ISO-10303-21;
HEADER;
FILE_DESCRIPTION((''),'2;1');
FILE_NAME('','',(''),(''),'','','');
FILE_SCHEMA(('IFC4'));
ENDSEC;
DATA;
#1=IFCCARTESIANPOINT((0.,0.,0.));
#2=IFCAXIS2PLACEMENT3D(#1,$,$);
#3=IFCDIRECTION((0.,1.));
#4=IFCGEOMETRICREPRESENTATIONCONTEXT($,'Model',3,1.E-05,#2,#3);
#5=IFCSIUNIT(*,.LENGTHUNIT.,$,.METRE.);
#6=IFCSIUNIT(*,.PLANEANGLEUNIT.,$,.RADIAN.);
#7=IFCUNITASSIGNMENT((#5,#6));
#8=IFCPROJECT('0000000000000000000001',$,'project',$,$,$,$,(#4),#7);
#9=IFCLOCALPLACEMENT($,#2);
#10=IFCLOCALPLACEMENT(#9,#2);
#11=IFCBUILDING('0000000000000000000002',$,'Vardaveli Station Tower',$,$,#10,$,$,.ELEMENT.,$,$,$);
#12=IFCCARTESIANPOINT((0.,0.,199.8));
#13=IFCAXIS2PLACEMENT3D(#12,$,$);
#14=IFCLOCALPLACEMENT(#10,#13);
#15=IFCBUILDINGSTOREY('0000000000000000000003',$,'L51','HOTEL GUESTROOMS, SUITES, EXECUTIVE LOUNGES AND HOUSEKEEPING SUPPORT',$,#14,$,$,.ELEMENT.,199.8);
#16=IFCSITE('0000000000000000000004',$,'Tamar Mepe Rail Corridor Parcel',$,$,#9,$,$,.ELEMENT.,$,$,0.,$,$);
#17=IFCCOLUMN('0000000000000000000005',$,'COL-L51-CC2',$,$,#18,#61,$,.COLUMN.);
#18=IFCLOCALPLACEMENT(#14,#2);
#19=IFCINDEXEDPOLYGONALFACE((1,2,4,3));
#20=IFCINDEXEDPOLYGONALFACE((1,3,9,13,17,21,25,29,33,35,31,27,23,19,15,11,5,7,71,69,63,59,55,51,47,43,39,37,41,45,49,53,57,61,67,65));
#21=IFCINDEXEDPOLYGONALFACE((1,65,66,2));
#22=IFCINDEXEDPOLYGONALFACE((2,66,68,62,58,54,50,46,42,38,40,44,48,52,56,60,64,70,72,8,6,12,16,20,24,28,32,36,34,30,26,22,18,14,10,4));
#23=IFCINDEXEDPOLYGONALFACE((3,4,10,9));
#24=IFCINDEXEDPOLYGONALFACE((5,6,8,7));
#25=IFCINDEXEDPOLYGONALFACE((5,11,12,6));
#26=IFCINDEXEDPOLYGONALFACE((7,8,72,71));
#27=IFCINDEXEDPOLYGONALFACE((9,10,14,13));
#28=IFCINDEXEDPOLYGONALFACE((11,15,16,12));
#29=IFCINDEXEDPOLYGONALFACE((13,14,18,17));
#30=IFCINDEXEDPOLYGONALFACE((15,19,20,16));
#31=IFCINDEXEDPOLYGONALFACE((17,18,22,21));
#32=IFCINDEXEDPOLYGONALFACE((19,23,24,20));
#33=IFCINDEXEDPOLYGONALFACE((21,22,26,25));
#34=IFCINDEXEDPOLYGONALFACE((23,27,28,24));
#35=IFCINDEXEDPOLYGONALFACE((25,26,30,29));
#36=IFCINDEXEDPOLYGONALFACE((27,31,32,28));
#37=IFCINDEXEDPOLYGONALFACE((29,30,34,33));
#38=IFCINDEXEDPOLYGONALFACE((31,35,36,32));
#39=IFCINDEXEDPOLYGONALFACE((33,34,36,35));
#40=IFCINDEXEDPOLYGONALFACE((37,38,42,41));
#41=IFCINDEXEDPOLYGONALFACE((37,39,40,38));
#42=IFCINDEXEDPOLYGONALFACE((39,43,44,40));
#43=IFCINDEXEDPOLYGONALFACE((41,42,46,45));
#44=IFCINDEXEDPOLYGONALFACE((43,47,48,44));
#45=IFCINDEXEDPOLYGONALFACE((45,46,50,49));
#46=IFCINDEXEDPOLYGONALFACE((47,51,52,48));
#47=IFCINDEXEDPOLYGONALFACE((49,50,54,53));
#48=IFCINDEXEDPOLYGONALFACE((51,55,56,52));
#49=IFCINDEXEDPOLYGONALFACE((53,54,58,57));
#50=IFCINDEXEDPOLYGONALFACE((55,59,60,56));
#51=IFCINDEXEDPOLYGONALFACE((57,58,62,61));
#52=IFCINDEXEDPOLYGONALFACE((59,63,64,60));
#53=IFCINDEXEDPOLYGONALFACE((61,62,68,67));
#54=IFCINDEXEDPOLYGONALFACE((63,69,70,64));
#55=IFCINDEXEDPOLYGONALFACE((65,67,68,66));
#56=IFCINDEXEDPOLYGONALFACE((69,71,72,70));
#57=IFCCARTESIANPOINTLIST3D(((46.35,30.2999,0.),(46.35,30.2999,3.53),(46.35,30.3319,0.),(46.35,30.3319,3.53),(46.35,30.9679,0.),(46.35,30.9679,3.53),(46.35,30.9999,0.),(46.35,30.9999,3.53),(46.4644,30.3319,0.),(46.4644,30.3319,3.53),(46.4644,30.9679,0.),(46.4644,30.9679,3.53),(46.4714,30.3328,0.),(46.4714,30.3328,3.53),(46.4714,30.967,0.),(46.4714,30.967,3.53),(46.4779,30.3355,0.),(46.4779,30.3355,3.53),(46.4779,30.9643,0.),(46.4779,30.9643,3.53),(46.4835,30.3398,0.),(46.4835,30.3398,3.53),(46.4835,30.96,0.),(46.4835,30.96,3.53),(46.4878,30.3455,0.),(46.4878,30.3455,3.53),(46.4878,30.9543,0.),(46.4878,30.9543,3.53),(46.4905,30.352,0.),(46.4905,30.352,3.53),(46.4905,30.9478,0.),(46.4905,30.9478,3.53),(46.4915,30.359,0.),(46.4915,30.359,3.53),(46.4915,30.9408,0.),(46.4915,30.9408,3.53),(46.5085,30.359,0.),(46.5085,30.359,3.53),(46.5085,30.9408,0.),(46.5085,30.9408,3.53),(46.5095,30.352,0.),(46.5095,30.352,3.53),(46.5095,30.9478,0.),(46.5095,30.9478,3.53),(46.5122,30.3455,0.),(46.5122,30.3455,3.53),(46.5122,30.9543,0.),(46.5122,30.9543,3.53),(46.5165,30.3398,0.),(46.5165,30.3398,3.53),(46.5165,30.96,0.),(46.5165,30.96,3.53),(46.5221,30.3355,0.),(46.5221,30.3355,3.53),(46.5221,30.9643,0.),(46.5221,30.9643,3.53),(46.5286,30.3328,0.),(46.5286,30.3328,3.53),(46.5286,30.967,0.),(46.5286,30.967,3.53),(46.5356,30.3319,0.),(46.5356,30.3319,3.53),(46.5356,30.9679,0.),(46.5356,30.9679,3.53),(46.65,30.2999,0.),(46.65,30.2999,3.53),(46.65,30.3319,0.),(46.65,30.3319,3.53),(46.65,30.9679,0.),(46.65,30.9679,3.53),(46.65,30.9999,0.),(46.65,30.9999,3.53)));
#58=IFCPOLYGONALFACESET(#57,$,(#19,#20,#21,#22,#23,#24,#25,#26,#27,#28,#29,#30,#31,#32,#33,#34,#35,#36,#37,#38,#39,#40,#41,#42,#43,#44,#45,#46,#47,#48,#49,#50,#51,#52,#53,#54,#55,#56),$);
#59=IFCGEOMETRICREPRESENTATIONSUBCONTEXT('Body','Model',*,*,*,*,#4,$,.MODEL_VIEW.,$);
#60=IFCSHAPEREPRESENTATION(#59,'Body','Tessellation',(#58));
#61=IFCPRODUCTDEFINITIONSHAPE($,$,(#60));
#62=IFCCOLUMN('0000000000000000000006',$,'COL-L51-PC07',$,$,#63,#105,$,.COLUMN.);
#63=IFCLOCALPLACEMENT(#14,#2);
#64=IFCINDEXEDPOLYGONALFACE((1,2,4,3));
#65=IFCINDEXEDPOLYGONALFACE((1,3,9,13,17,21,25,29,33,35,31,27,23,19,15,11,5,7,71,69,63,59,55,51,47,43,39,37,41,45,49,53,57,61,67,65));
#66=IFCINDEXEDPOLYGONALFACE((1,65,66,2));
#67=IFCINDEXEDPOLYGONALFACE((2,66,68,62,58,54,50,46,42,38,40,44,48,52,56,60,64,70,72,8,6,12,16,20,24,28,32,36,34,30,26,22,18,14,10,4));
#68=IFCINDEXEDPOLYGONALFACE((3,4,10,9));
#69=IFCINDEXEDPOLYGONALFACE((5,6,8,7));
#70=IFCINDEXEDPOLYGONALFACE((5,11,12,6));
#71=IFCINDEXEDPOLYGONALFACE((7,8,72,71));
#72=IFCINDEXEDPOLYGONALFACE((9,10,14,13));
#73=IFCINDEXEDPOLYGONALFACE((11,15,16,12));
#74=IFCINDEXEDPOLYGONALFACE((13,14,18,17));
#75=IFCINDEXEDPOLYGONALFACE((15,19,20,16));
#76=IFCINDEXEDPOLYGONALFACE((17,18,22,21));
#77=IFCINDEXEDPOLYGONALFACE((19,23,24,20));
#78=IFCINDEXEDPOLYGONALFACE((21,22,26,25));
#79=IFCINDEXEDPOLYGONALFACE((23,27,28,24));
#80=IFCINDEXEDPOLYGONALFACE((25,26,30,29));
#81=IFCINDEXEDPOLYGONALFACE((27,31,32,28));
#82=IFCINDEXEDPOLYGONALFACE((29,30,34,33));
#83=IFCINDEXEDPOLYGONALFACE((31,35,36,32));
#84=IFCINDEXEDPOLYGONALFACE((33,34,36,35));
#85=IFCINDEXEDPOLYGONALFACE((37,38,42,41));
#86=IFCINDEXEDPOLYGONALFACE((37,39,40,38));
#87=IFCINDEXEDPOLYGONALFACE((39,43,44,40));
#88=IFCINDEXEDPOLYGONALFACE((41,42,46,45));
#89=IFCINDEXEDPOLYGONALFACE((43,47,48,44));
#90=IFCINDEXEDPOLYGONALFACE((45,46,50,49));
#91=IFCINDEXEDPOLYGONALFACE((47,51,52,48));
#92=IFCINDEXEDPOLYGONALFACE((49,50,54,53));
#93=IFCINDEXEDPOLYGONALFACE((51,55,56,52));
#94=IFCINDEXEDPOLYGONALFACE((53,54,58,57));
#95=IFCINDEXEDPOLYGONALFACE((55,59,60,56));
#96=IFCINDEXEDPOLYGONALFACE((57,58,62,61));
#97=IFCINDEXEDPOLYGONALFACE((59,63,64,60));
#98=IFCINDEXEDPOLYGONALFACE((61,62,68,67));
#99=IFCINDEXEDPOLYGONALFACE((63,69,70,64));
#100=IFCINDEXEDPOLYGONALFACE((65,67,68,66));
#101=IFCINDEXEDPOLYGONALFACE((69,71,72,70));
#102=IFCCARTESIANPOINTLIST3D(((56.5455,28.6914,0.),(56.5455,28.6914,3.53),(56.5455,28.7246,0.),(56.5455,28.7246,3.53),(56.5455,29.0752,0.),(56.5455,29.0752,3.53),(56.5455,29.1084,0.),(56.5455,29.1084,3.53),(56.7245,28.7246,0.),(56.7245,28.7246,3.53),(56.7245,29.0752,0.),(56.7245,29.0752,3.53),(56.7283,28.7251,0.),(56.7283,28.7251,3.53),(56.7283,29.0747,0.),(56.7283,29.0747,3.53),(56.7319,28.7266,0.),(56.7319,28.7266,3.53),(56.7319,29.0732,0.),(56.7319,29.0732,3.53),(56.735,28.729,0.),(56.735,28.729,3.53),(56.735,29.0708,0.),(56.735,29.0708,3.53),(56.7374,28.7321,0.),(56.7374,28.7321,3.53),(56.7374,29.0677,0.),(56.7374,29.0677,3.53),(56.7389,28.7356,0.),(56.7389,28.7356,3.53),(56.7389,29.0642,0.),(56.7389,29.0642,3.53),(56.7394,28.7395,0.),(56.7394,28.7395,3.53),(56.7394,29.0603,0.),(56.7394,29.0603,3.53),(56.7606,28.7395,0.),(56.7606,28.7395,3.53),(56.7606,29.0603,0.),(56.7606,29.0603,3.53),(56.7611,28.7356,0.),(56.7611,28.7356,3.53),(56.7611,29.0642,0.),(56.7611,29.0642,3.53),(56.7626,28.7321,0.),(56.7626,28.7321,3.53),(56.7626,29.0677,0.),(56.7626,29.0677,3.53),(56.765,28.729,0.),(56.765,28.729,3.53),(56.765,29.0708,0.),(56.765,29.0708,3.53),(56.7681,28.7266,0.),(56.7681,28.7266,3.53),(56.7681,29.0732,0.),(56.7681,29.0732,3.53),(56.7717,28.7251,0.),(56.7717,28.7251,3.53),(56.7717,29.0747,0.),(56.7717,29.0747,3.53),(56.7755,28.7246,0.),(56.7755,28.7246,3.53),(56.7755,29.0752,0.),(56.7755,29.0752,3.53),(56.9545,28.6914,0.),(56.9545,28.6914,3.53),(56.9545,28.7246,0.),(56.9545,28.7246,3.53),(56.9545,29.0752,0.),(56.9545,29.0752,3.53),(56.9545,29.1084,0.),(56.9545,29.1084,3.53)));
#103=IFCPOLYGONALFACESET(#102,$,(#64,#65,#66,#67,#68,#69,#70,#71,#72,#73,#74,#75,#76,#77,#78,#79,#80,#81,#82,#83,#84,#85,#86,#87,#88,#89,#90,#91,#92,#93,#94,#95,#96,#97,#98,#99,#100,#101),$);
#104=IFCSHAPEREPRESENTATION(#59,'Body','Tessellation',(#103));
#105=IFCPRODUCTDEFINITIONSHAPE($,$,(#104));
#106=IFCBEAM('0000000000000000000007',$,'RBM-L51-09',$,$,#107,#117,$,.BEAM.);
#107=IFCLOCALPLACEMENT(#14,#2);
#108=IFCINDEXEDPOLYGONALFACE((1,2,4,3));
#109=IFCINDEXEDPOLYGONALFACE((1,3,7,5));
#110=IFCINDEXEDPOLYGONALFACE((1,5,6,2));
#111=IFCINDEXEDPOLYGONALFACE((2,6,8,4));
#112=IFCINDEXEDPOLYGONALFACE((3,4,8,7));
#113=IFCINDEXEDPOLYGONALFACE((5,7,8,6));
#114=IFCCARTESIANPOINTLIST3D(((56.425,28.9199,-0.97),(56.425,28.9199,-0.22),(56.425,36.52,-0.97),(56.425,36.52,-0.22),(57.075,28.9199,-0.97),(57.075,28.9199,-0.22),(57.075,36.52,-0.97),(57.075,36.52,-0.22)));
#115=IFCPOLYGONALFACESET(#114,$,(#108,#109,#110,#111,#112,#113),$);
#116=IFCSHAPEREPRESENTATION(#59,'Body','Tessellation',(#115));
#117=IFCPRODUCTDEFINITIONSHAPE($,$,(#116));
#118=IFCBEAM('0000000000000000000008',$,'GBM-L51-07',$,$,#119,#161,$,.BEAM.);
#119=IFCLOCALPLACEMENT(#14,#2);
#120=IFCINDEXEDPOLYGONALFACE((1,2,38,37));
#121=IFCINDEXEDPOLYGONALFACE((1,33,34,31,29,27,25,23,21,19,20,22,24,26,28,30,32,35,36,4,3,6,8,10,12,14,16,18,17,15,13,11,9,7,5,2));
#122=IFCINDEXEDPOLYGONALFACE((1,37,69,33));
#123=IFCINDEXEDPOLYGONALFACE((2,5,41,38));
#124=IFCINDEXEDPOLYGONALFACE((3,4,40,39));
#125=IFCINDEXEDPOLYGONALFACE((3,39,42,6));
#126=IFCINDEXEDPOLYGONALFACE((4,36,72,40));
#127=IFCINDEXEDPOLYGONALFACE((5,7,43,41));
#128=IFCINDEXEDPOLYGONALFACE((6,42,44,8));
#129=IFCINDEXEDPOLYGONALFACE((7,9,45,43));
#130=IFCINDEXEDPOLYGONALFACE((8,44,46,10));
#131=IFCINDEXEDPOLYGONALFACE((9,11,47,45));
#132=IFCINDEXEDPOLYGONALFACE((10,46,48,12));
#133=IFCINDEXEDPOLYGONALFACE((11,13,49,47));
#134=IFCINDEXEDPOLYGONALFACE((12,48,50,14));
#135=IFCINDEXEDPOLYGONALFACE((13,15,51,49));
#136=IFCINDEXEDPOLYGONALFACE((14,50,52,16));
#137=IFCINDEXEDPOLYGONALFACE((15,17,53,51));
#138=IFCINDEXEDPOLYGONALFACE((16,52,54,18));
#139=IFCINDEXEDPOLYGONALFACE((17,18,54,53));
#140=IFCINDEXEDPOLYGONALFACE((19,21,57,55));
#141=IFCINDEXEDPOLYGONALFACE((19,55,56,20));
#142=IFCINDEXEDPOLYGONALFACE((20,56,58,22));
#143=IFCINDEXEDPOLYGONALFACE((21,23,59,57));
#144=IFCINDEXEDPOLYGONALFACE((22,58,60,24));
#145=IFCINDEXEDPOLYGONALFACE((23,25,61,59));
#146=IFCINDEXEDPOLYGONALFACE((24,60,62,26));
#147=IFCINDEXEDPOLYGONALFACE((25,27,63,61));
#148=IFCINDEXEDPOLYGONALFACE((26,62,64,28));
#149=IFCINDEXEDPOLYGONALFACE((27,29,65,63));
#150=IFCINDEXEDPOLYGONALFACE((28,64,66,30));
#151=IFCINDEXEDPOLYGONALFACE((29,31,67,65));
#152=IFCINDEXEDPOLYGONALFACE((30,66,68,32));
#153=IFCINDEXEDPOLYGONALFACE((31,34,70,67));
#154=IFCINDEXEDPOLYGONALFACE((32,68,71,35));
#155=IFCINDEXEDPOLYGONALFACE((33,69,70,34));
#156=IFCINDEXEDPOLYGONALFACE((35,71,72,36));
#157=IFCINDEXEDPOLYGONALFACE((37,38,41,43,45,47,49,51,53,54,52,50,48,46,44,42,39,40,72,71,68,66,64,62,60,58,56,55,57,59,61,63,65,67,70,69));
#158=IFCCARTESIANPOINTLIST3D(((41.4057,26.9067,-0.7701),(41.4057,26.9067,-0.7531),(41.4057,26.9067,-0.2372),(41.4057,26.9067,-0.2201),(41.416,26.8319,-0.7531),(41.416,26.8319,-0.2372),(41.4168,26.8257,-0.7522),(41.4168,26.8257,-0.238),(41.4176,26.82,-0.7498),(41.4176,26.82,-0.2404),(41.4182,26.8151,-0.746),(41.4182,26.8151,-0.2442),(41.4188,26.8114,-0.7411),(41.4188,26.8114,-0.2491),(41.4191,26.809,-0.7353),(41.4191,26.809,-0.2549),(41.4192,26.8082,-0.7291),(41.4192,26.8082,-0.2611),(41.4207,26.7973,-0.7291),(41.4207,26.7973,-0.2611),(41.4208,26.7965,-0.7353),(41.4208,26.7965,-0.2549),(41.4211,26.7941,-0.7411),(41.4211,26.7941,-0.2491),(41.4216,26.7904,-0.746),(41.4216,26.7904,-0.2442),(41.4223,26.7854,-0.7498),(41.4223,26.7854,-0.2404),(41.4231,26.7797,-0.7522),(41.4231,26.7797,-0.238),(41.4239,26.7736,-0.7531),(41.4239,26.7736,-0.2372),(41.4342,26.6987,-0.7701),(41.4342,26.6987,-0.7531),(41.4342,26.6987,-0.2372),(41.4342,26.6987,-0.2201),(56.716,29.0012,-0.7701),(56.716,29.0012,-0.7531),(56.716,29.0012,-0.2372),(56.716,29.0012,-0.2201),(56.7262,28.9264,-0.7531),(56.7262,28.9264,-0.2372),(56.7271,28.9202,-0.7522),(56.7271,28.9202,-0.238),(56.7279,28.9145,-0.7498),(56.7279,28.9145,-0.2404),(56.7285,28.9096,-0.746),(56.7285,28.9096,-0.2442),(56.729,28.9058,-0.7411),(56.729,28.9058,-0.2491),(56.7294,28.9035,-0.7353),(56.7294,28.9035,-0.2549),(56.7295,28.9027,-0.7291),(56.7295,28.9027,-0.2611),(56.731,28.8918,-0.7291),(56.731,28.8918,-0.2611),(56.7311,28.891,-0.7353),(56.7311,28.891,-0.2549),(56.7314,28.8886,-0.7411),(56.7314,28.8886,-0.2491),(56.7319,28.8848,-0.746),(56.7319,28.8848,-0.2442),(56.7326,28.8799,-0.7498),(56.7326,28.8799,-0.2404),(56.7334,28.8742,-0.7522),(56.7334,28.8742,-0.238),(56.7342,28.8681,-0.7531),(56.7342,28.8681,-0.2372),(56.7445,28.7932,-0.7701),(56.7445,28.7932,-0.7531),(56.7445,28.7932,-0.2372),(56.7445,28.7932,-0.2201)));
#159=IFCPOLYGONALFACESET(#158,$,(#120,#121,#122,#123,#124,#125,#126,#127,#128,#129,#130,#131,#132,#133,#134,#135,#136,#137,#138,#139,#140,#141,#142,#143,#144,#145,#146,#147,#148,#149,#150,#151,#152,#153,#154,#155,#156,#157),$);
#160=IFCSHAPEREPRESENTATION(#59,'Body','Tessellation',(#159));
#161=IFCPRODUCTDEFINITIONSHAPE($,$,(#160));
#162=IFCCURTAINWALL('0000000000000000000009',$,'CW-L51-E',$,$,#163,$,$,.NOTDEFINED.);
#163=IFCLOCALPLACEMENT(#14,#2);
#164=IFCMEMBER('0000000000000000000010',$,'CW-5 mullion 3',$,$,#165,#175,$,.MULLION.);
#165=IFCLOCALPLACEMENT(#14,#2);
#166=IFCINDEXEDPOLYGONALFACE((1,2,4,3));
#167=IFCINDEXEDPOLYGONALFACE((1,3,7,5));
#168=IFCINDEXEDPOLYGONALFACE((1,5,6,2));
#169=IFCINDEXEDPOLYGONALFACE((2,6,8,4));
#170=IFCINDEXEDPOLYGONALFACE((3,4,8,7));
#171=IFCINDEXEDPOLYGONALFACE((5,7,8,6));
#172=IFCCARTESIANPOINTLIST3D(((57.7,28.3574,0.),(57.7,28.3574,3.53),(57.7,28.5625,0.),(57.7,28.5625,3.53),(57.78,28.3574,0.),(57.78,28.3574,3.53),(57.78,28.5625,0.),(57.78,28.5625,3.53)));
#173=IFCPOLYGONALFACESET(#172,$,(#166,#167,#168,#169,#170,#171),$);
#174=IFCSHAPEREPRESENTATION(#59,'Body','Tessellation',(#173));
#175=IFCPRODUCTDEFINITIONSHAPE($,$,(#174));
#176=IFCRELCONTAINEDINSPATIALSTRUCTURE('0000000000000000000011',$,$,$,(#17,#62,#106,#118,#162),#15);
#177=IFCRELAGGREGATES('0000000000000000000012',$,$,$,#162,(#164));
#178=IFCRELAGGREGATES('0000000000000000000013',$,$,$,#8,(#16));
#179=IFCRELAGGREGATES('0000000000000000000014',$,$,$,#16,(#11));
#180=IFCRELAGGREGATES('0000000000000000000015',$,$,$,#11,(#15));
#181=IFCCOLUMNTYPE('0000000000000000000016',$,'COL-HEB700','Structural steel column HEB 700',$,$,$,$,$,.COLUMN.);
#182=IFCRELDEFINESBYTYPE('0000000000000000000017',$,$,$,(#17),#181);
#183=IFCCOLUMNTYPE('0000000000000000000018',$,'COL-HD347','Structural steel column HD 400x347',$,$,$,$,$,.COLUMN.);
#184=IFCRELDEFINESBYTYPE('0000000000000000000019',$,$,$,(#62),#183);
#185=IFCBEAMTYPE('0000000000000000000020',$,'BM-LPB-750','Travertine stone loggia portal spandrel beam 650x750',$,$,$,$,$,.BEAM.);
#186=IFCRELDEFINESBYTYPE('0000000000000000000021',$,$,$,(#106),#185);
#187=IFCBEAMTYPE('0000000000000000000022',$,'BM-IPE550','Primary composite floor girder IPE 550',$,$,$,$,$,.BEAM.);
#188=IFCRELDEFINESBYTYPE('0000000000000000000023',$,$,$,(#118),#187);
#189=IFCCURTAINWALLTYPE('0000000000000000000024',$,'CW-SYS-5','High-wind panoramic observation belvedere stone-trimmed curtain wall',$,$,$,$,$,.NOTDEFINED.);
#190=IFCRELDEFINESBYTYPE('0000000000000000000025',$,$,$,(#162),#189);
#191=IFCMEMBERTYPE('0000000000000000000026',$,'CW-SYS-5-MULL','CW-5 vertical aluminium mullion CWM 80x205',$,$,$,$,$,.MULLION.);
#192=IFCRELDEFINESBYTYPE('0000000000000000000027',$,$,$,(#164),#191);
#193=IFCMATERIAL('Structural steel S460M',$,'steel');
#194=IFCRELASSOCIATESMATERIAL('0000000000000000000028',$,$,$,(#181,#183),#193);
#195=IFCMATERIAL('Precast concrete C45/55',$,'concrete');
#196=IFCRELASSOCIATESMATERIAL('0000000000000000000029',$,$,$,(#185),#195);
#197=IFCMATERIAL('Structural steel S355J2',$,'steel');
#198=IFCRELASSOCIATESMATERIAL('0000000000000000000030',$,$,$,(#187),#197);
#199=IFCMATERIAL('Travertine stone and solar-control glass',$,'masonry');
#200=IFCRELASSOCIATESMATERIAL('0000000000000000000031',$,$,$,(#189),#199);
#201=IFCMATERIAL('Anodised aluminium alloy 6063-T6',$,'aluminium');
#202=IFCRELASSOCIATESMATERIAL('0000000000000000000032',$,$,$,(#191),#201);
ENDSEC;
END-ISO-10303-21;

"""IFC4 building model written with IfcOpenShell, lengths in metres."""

from ifc_helpers import new_model, si_unit, direction, frame, origin, origin_2d, place, context, subcontext, project, spatial, rectangle, i_section, extrude, source, transform, mapped, material, material_profile, profile_set, type_object, element, aggregate, save


model = new_model("IFC4")

# Units and contexts
model_context = context("Model", 3, precision=1e-05, world=origin(), true_north=direction((0.0, 1.0)))
body_context = subcontext(model_context, "Body", "Model", "MODEL_VIEW")
ifc_project = project(units=[si_unit("LENGTHUNIT", "METRE"), si_unit("PLANEANGLEUNIT", "RADIAN")], contexts=[model_context])

# Site, building, storey
site_placement = place(None, origin())
site = spatial("IfcSite", under=ifc_project, at=site_placement, Name="Tamar Mepe Rail Corridor Parcel", CompositionType="ELEMENT", RefElevation=0.0)
building_placement = place(site_placement, origin())
building = spatial("IfcBuilding", under=site, at=building_placement, Name="Vardaveli Station Tower", CompositionType="ELEMENT")
storey_placement = place(building_placement, frame((0.0, 0.0, 199.8)))
storey = spatial("IfcBuildingStorey", under=building, at=storey_placement, Name="L51", Description="HOTEL GUESTROOMS, SUITES, EXECUTIVE LOUNGES AND HOUSEKEEPING SUPPORT", CompositionType="ELEMENT", Elevation=199.8)

# Columns
ifc_material_1 = material(Name="Structural steel S460M", Category="steel")
ifc_material_profile_1 = material_profile(ifc_material_1, i_section(OverallWidth=0.3, OverallDepth=0.7, WebThickness=0.0171, FlangeThickness=0.032, FilletRadius=0.0271, at=origin_2d()), Name="HEB 700")
ifc_profile_set_1 = profile_set([ifc_material_profile_1], Name="Structural steel S460M")
column_type_1 = type_object("IfcColumnType", Name="COL-HEB700", Description="Structural steel column HEB 700", PredefinedType="COLUMN", material=ifc_profile_set_1)
shared_shape_1 = source(origin(), body_context, "Body", "SweptSolid", [
    extrude(i_section(OverallWidth=0.3, OverallDepth=0.7, WebThickness=0.0171, FlangeThickness=0.032, FilletRadius=0.0271, at=origin_2d()), origin(), (0.0, 0.0, 1.0), 3.53),
])
column_1_placement = place(storey_placement, frame((46.5, 30.6499, 0.0), z_axis=(0.0, 0.0, 1.0), x_axis=(1.0, 0.0, 0.0)))
element("IfcColumn", 1, at=column_1_placement, inside=storey, type_object=column_type_1, Name="COL-L51-CC2", PredefinedType="COLUMN", context=body_context, shape_type="MappedRepresentation", body=[
    mapped(shared_shape_1, transform((0.0, 0.0, 0.0), scale=1.0)),
])
ifc_material_profile_2 = material_profile(ifc_material_1, i_section(OverallWidth=0.4089, OverallDepth=0.417, WebThickness=0.0212, FlangeThickness=0.0332, FilletRadius=0.0149, at=origin_2d()), Name="HD 400x347")
ifc_profile_set_2 = profile_set([ifc_material_profile_2], Name="Structural steel S460M")
column_type_2 = type_object("IfcColumnType", Name="COL-HD347", Description="Structural steel column HD 400x347", PredefinedType="COLUMN", material=ifc_profile_set_2)
shared_shape_2 = source(origin(), body_context, "Body", "SweptSolid", [
    extrude(i_section(OverallWidth=0.4089, OverallDepth=0.417, WebThickness=0.0212, FlangeThickness=0.0332, FilletRadius=0.0149, at=origin_2d()), origin(), (0.0, 0.0, 1.0), 3.53),
])
column_2_placement = place(storey_placement, frame((56.75, 28.8999, 0.0), z_axis=(0.0, 0.0, 1.0), x_axis=(1.0, 0.0, 0.0)))
element("IfcColumn", 2, at=column_2_placement, inside=storey, type_object=column_type_2, Name="COL-L51-PC07", PredefinedType="COLUMN", context=body_context, shape_type="MappedRepresentation", body=[
    mapped(shared_shape_2, transform((0.0, 0.0, 0.0), scale=1.0)),
])

# Beams
ifc_material_2 = material(Name="Precast concrete C45/55", Category="concrete")
ifc_material_profile_3 = material_profile(ifc_material_2, rectangle(XDim=0.6499, YDim=0.75, at=origin_2d()), Name="LPB 650x750")
ifc_profile_set_3 = profile_set([ifc_material_profile_3], Name="Precast concrete C45/55")
beam_type_1 = type_object("IfcBeamType", Name="BM-LPB-750", Description="Travertine stone loggia portal spandrel beam 650x750", PredefinedType="BEAM", material=ifc_profile_set_3)
shared_shape_3 = source(origin(), body_context, "Body", "SweptSolid", [
    extrude(rectangle(XDim=0.6499, YDim=0.75, at=origin_2d()), origin(), (0.0, 0.0, 1.0), 7.6001),
])
beam_1_placement = place(storey_placement, frame((56.75, 28.9199, -0.595), z_axis=(0.0, 1.0, 0.0), x_axis=(-1.0, 0.0, 0.0)))
element("IfcBeam", 3, at=beam_1_placement, inside=storey, type_object=beam_type_1, Name="RBM-L51-09", PredefinedType="BEAM", context=body_context, shape_type="MappedRepresentation", body=[
    mapped(shared_shape_3, transform((0.0, 0.0, 0.0), scale=1.0)),
])
ifc_material_3 = material(Name="Structural steel S355J2", Category="steel")
ifc_material_profile_4 = material_profile(ifc_material_3, i_section(OverallWidth=0.21, OverallDepth=0.55, WebThickness=0.011, FlangeThickness=0.0171, FilletRadius=0.0239, at=origin_2d()), Name="IPE 550")
ifc_profile_set_4 = profile_set([ifc_material_profile_4], Name="Structural steel S355J2")
beam_type_2 = type_object("IfcBeamType", Name="BM-IPE550", Description="Primary composite floor girder IPE 550", PredefinedType="BEAM", material=ifc_profile_set_4)
shared_shape_4 = source(origin(), body_context, "Body", "SweptSolid", [
    extrude(i_section(OverallWidth=0.21, OverallDepth=0.55, WebThickness=0.011, FlangeThickness=0.0171, FilletRadius=0.0239, at=origin_2d()), origin(), (0.0, 0.0, 1.0), 15.4529),
])
beam_2_placement = place(storey_placement, frame((56.7302, 28.8972, -0.4951), z_axis=(-0.990772, -0.13554, 0.0), x_axis=(0.13554, -0.990772, 0.0)))
element("IfcBeam", 4, at=beam_2_placement, inside=storey, type_object=beam_type_2, Name="GBM-L51-07", PredefinedType="BEAM", context=body_context, shape_type="MappedRepresentation", body=[
    mapped(shared_shape_4, transform((0.0, 0.0, 0.0), scale=1.0)),
])

# Curtain wall, member
ifc_material_4 = material(Name="Travertine stone and solar-control glass", Category="masonry")
curtain_wall_type = type_object("IfcCurtainWallType", Name="CW-SYS-5", Description="High-wind panoramic observation belvedere stone-trimmed curtain wall", PredefinedType="NOTDEFINED", material=ifc_material_4)
curtain_wall_placement = place(storey_placement, origin())
curtain_wall = element("IfcCurtainWall", 5, at=curtain_wall_placement, inside=storey, type_object=curtain_wall_type, Name="CW-L51-E", PredefinedType="NOTDEFINED")
ifc_material_5 = material(Name="Anodised aluminium alloy 6063-T6", Category="aluminium")
ifc_material_profile_5 = material_profile(ifc_material_5, rectangle(XDim=0.0801, YDim=0.2051, at=origin_2d()), Name="CWM 80x205")
ifc_profile_set_5 = profile_set([ifc_material_profile_5], Name="Anodised aluminium alloy 6063-T6")
member_type = type_object("IfcMemberType", Name="CW-SYS-5-MULL", Description="CW-5 vertical aluminium mullion CWM 80x205", PredefinedType="MULLION", material=ifc_profile_set_5)
shared_shape_5 = source(origin(), body_context, "Body", "SweptSolid", [
    extrude(rectangle(XDim=0.0801, YDim=0.2051, at=origin_2d()), origin(), (0.0, 0.0, 1.0), 3.53),
])
member_placement = place(storey_placement, frame((57.74, 28.46, 0.0), z_axis=(0.0, 0.0, 1.0), x_axis=(-1.0, 0.0, 0.0)))
member = element("IfcMember", 6, at=member_placement, type_object=member_type, Name="CW-5 mullion 3", PredefinedType="MULLION", context=body_context, shape_type="MappedRepresentation", body=[
    mapped(shared_shape_5, transform((0.0, 0.0, 0.0), scale=1.0)),
])
aggregate(curtain_wall, [member])

save(model, "model.ifc")
